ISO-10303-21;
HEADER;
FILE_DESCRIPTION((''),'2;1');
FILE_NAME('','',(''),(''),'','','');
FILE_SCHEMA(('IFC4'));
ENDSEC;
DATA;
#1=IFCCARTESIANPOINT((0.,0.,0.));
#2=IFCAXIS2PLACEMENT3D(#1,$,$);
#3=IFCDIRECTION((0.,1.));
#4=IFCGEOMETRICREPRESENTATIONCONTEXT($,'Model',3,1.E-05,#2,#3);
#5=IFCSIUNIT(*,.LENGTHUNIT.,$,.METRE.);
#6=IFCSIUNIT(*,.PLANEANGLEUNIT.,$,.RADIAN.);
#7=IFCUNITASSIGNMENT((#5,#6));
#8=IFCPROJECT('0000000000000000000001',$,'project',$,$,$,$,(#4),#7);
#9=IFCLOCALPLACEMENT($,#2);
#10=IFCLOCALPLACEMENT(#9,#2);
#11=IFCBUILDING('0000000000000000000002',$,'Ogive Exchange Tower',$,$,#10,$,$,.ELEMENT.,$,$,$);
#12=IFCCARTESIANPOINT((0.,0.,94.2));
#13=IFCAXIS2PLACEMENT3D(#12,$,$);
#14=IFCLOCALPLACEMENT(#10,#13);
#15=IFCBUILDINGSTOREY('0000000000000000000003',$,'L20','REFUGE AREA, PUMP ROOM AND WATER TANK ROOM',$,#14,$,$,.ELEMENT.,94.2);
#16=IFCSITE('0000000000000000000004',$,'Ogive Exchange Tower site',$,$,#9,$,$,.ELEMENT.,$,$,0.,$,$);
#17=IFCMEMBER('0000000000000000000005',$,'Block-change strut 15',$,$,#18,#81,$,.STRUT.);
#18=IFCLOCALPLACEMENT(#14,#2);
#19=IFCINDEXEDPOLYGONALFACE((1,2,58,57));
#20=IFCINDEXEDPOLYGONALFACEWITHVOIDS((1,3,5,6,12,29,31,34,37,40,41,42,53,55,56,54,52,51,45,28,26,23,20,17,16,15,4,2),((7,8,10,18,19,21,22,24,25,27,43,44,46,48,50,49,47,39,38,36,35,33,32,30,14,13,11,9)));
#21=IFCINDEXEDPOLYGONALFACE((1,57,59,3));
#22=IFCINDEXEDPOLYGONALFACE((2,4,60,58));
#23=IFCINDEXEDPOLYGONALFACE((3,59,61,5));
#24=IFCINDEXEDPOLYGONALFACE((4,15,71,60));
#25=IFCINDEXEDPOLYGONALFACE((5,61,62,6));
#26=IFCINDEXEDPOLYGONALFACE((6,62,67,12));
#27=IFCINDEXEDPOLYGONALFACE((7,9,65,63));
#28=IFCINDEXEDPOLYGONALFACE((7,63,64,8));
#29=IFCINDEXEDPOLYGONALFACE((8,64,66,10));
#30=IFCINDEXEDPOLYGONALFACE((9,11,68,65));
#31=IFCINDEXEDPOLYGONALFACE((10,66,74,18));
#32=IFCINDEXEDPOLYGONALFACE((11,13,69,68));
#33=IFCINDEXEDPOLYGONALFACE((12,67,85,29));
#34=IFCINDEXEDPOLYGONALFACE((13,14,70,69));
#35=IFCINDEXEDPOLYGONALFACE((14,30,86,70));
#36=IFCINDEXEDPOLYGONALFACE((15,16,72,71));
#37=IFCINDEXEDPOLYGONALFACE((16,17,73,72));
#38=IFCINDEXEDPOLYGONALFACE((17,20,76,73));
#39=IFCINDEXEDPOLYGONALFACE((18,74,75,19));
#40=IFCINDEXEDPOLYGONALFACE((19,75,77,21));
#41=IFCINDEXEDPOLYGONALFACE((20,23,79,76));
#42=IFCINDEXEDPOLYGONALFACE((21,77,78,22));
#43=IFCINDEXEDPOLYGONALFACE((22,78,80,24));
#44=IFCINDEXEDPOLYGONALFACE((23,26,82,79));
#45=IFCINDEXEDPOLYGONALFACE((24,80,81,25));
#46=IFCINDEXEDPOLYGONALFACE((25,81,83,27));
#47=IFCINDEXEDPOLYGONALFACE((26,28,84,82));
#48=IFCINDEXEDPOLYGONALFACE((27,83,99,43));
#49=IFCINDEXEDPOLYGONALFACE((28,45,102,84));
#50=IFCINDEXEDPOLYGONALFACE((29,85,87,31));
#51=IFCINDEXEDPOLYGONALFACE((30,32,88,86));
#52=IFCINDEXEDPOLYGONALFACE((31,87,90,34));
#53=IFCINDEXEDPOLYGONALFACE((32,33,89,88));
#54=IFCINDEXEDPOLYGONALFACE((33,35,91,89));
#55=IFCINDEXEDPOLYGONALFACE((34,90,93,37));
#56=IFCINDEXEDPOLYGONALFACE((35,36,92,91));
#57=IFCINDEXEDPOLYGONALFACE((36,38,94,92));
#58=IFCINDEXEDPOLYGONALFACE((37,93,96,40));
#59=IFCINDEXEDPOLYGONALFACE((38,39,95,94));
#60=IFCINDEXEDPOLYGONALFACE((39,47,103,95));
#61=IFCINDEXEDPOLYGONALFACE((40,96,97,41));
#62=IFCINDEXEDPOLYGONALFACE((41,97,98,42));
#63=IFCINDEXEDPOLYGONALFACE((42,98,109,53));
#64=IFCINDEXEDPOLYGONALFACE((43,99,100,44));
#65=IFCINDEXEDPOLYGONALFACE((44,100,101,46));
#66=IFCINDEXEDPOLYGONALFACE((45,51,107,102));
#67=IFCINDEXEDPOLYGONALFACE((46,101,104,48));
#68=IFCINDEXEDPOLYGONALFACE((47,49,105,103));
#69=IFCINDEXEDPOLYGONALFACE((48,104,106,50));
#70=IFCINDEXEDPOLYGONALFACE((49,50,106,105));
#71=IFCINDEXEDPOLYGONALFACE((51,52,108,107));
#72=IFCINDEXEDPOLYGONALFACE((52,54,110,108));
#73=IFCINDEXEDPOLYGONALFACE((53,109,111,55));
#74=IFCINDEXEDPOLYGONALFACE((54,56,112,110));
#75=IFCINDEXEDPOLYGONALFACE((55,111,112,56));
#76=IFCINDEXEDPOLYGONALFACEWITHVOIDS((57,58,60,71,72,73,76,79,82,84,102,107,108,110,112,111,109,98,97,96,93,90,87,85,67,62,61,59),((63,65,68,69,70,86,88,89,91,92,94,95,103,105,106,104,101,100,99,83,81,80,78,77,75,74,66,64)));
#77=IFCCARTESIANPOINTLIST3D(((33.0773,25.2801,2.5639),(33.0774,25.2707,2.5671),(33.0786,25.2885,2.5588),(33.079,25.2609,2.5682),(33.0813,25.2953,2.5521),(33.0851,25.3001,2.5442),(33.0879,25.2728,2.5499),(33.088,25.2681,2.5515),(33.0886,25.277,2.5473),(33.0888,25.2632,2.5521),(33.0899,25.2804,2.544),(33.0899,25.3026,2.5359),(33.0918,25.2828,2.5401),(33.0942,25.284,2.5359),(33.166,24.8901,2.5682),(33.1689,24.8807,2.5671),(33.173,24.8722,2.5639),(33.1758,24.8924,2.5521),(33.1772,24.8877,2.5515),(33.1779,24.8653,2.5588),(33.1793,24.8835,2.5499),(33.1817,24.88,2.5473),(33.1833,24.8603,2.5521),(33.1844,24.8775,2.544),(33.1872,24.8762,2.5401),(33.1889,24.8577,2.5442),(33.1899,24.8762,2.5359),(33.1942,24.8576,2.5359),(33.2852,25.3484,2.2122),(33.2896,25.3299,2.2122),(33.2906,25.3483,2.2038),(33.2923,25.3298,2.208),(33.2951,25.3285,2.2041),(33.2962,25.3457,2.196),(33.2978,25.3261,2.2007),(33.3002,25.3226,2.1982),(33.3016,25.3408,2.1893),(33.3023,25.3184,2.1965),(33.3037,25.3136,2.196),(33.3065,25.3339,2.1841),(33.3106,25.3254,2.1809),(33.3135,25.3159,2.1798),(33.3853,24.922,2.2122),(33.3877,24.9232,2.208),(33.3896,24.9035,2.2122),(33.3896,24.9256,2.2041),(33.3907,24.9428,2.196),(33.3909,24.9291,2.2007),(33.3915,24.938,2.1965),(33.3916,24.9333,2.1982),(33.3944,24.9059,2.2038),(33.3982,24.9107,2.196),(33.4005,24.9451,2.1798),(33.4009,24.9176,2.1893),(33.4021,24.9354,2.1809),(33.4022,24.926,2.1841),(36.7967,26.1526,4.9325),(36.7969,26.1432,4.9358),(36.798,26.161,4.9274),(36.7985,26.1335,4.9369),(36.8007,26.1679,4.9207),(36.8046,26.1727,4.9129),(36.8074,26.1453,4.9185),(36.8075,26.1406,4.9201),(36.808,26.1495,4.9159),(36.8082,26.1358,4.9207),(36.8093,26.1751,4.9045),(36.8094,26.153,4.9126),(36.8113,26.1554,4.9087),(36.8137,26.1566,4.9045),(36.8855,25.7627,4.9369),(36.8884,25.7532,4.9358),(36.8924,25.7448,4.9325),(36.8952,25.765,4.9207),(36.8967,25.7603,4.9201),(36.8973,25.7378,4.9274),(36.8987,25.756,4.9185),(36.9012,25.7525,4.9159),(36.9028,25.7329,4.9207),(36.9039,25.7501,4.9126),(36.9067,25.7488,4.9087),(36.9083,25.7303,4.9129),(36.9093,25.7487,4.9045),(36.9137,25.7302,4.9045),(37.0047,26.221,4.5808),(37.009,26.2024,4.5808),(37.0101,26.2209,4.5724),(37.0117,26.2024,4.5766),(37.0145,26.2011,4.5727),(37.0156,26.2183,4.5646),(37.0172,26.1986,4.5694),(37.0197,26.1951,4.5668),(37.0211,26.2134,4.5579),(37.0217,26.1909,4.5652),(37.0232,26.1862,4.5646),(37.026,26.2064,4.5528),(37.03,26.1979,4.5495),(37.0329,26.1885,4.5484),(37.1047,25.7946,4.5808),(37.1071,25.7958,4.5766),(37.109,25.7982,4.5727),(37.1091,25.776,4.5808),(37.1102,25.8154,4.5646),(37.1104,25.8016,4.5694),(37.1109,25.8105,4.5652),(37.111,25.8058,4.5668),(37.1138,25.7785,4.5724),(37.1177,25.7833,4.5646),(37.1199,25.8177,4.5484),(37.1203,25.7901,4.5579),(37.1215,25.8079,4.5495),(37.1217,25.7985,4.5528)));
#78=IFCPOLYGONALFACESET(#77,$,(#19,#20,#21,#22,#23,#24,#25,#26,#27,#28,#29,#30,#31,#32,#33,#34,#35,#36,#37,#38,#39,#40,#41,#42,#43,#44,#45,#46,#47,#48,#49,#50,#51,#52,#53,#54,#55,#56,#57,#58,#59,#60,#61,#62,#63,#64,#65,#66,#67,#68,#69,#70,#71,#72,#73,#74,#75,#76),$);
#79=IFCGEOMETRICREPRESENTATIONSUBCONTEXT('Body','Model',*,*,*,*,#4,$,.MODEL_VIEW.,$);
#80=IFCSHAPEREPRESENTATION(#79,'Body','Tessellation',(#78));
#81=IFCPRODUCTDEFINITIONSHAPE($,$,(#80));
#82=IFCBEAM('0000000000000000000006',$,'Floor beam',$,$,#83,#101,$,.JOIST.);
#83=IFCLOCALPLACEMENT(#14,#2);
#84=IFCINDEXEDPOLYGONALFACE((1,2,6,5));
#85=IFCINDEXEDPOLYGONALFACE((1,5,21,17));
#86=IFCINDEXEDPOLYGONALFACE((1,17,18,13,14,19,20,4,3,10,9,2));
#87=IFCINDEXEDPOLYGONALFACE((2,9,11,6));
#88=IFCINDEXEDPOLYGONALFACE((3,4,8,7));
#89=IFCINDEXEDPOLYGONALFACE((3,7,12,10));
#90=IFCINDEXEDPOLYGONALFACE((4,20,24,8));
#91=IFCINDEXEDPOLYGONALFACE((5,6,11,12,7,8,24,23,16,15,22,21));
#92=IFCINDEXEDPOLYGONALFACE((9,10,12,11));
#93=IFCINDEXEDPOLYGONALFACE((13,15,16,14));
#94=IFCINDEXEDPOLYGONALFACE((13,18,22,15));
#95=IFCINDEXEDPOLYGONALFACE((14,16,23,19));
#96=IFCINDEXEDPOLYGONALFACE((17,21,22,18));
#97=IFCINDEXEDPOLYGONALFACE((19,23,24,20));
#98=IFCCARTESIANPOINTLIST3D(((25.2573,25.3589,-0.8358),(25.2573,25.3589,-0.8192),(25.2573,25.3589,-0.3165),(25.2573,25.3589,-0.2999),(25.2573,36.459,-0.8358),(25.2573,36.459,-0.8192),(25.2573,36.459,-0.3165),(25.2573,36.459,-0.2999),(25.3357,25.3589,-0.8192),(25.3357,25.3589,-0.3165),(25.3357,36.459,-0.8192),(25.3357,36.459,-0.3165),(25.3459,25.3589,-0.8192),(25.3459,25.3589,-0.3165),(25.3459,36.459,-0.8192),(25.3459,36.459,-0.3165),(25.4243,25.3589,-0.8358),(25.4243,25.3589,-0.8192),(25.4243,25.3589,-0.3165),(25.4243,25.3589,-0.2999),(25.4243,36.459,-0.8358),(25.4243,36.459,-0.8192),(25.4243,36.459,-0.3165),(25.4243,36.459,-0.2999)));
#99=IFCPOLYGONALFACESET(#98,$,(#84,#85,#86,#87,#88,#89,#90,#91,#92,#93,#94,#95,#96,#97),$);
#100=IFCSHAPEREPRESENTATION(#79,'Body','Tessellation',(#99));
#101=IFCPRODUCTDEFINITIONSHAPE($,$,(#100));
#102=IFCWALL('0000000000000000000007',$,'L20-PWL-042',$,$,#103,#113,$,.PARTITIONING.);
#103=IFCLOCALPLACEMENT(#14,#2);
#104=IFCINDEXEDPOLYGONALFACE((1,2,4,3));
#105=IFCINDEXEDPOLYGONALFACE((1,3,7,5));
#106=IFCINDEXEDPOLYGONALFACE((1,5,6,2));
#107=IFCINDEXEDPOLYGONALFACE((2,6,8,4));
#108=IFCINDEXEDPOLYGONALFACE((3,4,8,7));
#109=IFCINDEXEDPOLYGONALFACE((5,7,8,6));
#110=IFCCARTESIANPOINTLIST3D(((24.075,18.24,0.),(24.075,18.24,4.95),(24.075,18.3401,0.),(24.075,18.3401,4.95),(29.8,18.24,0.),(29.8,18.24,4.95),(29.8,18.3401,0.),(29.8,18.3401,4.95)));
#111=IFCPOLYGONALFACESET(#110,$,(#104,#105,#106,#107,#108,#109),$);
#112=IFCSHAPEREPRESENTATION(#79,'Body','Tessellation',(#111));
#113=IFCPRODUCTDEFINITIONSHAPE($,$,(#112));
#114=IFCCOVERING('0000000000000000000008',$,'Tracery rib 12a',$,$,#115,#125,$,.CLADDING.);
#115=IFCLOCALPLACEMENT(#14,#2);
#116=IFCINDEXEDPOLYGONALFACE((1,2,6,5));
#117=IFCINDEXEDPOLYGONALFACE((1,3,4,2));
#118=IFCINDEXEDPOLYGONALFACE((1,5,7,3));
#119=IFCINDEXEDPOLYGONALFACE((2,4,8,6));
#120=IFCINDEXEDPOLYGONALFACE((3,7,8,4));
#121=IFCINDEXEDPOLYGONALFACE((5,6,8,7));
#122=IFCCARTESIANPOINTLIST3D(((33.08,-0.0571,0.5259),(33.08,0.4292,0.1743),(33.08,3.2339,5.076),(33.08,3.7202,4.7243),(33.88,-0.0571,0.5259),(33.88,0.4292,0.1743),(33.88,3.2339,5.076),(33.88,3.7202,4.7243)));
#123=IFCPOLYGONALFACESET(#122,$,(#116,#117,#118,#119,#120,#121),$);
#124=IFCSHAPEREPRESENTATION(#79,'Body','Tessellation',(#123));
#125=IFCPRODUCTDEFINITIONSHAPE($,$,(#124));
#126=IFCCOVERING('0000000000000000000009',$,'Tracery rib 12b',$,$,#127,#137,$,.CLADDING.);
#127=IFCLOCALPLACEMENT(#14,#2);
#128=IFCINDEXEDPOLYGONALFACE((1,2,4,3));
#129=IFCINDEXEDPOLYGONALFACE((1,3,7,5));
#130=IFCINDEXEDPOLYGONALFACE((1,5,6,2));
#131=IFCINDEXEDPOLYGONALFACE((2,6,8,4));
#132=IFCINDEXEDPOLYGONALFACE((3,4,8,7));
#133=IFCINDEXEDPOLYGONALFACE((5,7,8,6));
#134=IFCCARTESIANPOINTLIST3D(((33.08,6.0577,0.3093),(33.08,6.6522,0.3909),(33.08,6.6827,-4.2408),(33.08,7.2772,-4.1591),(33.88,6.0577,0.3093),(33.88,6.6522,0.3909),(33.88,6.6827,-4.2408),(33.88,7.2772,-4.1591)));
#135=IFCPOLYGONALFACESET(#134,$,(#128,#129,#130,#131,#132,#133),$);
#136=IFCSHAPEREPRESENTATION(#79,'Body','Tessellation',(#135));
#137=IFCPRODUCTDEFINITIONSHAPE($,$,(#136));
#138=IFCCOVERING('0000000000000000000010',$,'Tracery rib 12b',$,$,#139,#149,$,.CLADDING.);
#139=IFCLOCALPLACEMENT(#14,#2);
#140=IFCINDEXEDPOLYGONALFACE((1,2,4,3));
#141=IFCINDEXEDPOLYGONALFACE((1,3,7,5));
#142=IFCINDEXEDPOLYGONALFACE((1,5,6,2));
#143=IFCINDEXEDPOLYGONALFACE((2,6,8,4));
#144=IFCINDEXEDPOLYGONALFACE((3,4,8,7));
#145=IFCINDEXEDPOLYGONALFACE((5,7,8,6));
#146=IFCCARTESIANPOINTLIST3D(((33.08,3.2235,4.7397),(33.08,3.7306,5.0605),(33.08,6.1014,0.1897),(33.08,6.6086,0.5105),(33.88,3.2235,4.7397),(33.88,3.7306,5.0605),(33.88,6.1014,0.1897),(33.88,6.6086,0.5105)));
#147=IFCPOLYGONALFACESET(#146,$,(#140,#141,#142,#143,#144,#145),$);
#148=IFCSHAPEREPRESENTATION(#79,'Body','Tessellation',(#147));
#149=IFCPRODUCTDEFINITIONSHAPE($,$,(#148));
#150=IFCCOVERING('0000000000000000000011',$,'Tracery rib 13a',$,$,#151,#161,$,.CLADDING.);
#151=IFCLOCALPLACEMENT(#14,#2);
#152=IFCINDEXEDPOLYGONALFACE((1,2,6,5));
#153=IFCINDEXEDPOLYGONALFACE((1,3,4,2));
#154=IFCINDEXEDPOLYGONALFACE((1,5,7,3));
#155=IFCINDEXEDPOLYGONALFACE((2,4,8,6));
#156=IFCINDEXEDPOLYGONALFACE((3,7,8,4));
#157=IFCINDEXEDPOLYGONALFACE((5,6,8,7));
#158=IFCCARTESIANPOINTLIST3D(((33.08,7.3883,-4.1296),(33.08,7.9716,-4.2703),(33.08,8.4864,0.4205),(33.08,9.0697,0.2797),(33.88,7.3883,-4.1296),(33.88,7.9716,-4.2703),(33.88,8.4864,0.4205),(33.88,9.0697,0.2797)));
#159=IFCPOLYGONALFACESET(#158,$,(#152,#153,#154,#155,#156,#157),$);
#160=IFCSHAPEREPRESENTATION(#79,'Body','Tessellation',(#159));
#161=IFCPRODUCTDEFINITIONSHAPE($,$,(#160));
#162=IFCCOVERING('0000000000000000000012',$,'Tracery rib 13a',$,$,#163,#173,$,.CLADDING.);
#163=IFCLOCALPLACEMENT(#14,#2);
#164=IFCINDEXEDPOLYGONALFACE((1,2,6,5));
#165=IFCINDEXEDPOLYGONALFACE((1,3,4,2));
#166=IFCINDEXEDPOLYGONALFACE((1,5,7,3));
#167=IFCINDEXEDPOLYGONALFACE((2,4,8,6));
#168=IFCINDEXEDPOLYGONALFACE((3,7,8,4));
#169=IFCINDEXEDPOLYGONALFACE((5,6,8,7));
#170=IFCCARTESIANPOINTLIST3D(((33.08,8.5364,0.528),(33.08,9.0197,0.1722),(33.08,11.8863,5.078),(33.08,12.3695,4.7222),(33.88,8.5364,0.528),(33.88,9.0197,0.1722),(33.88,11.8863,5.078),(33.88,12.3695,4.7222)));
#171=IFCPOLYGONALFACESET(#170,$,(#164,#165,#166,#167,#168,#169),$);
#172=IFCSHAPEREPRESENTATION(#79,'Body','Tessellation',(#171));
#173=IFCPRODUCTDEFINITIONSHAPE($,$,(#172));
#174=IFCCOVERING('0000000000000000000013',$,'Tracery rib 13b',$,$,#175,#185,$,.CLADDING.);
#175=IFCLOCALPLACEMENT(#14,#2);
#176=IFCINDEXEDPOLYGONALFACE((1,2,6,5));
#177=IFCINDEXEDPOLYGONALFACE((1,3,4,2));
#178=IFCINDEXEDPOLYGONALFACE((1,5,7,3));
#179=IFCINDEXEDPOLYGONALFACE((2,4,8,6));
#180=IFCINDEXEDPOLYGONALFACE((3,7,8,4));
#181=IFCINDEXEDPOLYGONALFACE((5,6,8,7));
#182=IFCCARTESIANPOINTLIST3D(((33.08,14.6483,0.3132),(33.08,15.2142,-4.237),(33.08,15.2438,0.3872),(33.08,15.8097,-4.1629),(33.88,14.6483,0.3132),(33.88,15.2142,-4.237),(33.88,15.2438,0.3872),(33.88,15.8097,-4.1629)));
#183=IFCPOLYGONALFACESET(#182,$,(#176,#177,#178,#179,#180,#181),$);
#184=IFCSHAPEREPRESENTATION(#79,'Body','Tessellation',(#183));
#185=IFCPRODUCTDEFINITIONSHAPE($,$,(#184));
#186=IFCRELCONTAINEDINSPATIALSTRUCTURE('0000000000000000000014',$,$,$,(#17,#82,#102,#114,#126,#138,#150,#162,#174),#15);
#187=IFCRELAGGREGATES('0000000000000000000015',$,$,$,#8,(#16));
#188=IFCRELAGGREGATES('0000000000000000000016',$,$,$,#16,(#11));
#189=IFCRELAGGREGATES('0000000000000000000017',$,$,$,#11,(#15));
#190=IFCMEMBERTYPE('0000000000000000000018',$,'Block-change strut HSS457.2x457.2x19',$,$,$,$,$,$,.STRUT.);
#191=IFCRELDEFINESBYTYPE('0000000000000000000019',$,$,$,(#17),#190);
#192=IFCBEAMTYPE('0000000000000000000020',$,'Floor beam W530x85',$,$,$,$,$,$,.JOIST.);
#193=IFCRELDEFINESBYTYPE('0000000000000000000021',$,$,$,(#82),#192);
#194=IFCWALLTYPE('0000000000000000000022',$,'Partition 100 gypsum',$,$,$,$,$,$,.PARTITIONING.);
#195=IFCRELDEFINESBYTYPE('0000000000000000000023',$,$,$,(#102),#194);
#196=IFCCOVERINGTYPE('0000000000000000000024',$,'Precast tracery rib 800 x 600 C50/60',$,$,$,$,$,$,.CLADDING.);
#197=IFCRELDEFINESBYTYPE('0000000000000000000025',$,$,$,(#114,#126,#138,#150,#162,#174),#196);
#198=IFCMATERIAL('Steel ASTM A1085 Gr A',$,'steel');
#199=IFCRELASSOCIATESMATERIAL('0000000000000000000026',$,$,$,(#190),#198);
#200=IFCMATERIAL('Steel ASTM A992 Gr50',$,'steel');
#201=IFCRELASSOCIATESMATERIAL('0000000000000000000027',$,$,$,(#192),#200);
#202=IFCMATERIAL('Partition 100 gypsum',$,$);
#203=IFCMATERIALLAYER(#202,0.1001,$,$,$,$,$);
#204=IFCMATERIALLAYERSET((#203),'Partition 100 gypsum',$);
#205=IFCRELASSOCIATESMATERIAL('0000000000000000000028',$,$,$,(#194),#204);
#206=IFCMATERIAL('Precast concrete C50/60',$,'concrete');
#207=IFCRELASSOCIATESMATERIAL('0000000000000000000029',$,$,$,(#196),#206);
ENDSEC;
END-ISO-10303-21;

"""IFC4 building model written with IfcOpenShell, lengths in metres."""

from ifc_helpers import new_model, si_unit, direction, frame, frame_2d, origin, origin_2d, place, context, subcontext, project, spatial, rectangle, hollow_rectangle, i_section, extrude, material, layer, layer_set, material_profile, profile_set, type_object, element, save


model = new_model("IFC4")

# Units and contexts
model_context = context("Model", 3, precision=1e-05, world=origin(), true_north=direction((0.0, 1.0)))
body_context = subcontext(model_context, "Body", "Model", "MODEL_VIEW")
ifc_project = project(units=[si_unit("LENGTHUNIT", "METRE"), si_unit("PLANEANGLEUNIT", "RADIAN")], contexts=[model_context])

# Site, building, storey
site_placement = place(None, origin())
site = spatial("IfcSite", under=ifc_project, at=site_placement, Name="Ogive Exchange Tower site", CompositionType="ELEMENT", RefElevation=0.0)
building_placement = place(site_placement, origin())
building = spatial("IfcBuilding", under=site, at=building_placement, Name="Ogive Exchange Tower", CompositionType="ELEMENT")
storey_placement = place(building_placement, frame((0.0, 0.0, 94.2)))
storey = spatial("IfcBuildingStorey", under=building, at=storey_placement, Name="L20", Description="REFUGE AREA, PUMP ROOM AND WATER TANK ROOM", CompositionType="ELEMENT", Elevation=94.2)

# Shared definitions
ifc_material_1 = material(Name="Steel ASTM A992 Gr50", Category="steel")

# Shared definitions
ifc_material_2 = material(Name="Steel ASTM A1085 Gr A", Category="steel")

# Member
ifc_material_profile_1 = material_profile(ifc_material_2, hollow_rectangle(XDim=0.457, YDim=0.457, WallThickness=0.019, InnerFilletRadius=0.019, OuterFilletRadius=0.0381, at=origin_2d()), Name="HSS457.2x457.2x19")
ifc_profile_set_1 = profile_set([ifc_material_profile_1], Name="Steel ASTM A1085 Gr A")
member_type_1 = type_object("IfcMemberType", Name="Block-change strut HSS457.2x457.2x19", PredefinedType="STRUT", material=ifc_profile_set_1)
member_1_placement = place(storey_placement, frame((33.2397, 25.103, 2.374), z_axis=(0.827442, 0.194111, 0.526934), x_axis=(-0.228391, 0.973569, 0.0)))
element("IfcMember", 1, at=member_1_placement, inside=storey, type_object=member_type_1, Name="Block-change strut 15", PredefinedType="STRUT", context=body_context, shape_type="SweptSolid", body=[
    extrude(hollow_rectangle(XDim=0.457, YDim=0.457, WallThickness=0.019, InnerFilletRadius=0.019, OuterFilletRadius=0.0381, at=origin_2d()), origin(), (0.0, 0.0, 1.0), 4.4951),
])

# Beam
ifc_material_profile_2 = material_profile(ifc_material_1, i_section(OverallWidth=0.167, OverallDepth=0.5359, WebThickness=0.0103, FlangeThickness=0.0166, at=origin_2d()), Name="W530x85")
ifc_profile_set_2 = profile_set([ifc_material_profile_2], Name="Steel ASTM A992 Gr50")
beam_type_1 = type_object("IfcBeamType", Name="Floor beam W530x85", PredefinedType="JOIST", material=ifc_profile_set_2)
beam_placement = place(storey_placement, frame((25.3408, 25.3589, -0.5679), z_axis=(0.0, 1.0, 0.0), x_axis=(-1.0, 0.0, 0.0)))
element("IfcBeam", 2, at=beam_placement, inside=storey, type_object=beam_type_1, Name="Floor beam", PredefinedType="JOIST", context=body_context, shape_type="SweptSolid", body=[
    extrude(i_section(OverallWidth=0.167, OverallDepth=0.5359, WebThickness=0.0103, FlangeThickness=0.0166, at=origin_2d()), origin(), (0.0, 0.0, 1.0), 11.1001),
])

# Wall
ifc_material_3 = material(Name="Partition 100 gypsum")
ifc_layer = layer(ifc_material_3, 0.1001)
ifc_layer_set = layer_set([ifc_layer], Name="Partition 100 gypsum")
wall_type = type_object("IfcWallType", Name="Partition 100 gypsum", PredefinedType="PARTITIONING", material=ifc_layer_set)
wall_placement = place(storey_placement, frame((24.075, 18.29, 0.0), z_axis=(0.0, 0.0, 1.0), x_axis=(1.0, 0.0, 0.0)))
element("IfcWall", 3, at=wall_placement, inside=storey, type_object=wall_type, Name="L20-PWL-042", PredefinedType="PARTITIONING", context=body_context, shape_type="SweptSolid", body=[
    extrude(rectangle(XDim=5.7251, YDim=0.1001, at=frame_2d((2.8625, 0.0))), origin(), (0.0, 0.0, 1.0), 4.95),
])

# Coverings
ifc_material_4 = material(Name="Precast concrete C50/60", Category="concrete")
ifc_material_profile_3 = material_profile(ifc_material_4, rectangle(XDim=0.8, YDim=0.6001, at=origin_2d()), Name="RIB 800 x 600")
ifc_profile_set_3 = profile_set([ifc_material_profile_3], Name="Precast concrete C50/60")
covering_type = type_object("IfcCoveringType", Name="Precast tracery rib 800 x 600 C50/60", PredefinedType="CLADDING", material=ifc_profile_set_3)
covering_1_placement = place(storey_placement, frame((33.48, 0.186, 0.3501), z_axis=(0.0, 0.58606, 0.810267), x_axis=(-1.0, 0.0, 0.0)))
element("IfcCovering", 4, at=covering_1_placement, inside=storey, type_object=covering_type, Name="Tracery rib 12a", PredefinedType="CLADDING", context=body_context, shape_type="SweptSolid", body=[
    extrude(rectangle(XDim=0.8, YDim=0.6001, at=origin_2d()), origin(), (0.0, 0.0, 1.0), 5.6155),
])
covering_2_placement = place(storey_placement, frame((33.48, 6.98, -4.2), z_axis=(0.0, -0.136083, 0.990697), x_axis=(1.0, 0.0, 0.0)))
element("IfcCovering", 5, at=covering_2_placement, inside=storey, type_object=covering_type, Name="Tracery rib 12b", PredefinedType="CLADDING", context=body_context, shape_type="SweptSolid", body=[
    extrude(rectangle(XDim=0.8, YDim=0.6001, at=origin_2d()), origin(), (0.0, 0.0, 1.0), 4.5928),
])
covering_3_placement = place(storey_placement, frame((33.48, 6.355, 0.3501), z_axis=(0.0, -0.534552, 0.845135), x_axis=(1.0, 0.0, 0.0)))
element("IfcCovering", 6, at=covering_3_placement, inside=storey, type_object=covering_type, Name="Tracery rib 12b", PredefinedType="CLADDING", context=body_context, shape_type="SweptSolid", body=[
    extrude(rectangle(XDim=0.8, YDim=0.6001, at=origin_2d()), origin(), (0.0, 0.0, 1.0), 5.3838),
])
covering_4_placement = place(storey_placement, frame((33.48, 7.6799, -4.2), z_axis=(0.0, 0.234612, 0.972089), x_axis=(-1.0, 0.0, 0.0)))
element("IfcCovering", 7, at=covering_4_placement, inside=storey, type_object=covering_type, Name="Tracery rib 13a", PredefinedType="CLADDING", context=body_context, shape_type="SweptSolid", body=[
    extrude(rectangle(XDim=0.8, YDim=0.6001, at=origin_2d()), origin(), (0.0, 0.0, 1.0), 4.6807),
])
covering_5_placement = place(storey_placement, frame((33.48, 8.7781, 0.3501), z_axis=(0.0, 0.592876, 0.805294), x_axis=(-1.0, 0.0, 0.0)))
element("IfcCovering", 8, at=covering_5_placement, inside=storey, type_object=covering_type, Name="Tracery rib 13a", PredefinedType="CLADDING", context=body_context, shape_type="SweptSolid", body=[
    extrude(rectangle(XDim=0.8, YDim=0.6001, at=origin_2d()), origin(), (0.0, 0.0, 1.0), 5.6501),
])
covering_6_placement = place(storey_placement, frame((33.48, 15.512, -4.2), z_axis=(0.0, -0.123425, 0.992354), x_axis=(1.0, 0.0, 0.0)))
element("IfcCovering", 9, at=covering_6_placement, inside=storey, type_object=covering_type, Name="Tracery rib 13b", PredefinedType="CLADDING", context=body_context, shape_type="SweptSolid", body=[
    extrude(rectangle(XDim=0.8, YDim=0.6001, at=origin_2d()), origin(), (0.0, 0.0, 1.0), 4.5852),
])

save(model, "model.ifc")
